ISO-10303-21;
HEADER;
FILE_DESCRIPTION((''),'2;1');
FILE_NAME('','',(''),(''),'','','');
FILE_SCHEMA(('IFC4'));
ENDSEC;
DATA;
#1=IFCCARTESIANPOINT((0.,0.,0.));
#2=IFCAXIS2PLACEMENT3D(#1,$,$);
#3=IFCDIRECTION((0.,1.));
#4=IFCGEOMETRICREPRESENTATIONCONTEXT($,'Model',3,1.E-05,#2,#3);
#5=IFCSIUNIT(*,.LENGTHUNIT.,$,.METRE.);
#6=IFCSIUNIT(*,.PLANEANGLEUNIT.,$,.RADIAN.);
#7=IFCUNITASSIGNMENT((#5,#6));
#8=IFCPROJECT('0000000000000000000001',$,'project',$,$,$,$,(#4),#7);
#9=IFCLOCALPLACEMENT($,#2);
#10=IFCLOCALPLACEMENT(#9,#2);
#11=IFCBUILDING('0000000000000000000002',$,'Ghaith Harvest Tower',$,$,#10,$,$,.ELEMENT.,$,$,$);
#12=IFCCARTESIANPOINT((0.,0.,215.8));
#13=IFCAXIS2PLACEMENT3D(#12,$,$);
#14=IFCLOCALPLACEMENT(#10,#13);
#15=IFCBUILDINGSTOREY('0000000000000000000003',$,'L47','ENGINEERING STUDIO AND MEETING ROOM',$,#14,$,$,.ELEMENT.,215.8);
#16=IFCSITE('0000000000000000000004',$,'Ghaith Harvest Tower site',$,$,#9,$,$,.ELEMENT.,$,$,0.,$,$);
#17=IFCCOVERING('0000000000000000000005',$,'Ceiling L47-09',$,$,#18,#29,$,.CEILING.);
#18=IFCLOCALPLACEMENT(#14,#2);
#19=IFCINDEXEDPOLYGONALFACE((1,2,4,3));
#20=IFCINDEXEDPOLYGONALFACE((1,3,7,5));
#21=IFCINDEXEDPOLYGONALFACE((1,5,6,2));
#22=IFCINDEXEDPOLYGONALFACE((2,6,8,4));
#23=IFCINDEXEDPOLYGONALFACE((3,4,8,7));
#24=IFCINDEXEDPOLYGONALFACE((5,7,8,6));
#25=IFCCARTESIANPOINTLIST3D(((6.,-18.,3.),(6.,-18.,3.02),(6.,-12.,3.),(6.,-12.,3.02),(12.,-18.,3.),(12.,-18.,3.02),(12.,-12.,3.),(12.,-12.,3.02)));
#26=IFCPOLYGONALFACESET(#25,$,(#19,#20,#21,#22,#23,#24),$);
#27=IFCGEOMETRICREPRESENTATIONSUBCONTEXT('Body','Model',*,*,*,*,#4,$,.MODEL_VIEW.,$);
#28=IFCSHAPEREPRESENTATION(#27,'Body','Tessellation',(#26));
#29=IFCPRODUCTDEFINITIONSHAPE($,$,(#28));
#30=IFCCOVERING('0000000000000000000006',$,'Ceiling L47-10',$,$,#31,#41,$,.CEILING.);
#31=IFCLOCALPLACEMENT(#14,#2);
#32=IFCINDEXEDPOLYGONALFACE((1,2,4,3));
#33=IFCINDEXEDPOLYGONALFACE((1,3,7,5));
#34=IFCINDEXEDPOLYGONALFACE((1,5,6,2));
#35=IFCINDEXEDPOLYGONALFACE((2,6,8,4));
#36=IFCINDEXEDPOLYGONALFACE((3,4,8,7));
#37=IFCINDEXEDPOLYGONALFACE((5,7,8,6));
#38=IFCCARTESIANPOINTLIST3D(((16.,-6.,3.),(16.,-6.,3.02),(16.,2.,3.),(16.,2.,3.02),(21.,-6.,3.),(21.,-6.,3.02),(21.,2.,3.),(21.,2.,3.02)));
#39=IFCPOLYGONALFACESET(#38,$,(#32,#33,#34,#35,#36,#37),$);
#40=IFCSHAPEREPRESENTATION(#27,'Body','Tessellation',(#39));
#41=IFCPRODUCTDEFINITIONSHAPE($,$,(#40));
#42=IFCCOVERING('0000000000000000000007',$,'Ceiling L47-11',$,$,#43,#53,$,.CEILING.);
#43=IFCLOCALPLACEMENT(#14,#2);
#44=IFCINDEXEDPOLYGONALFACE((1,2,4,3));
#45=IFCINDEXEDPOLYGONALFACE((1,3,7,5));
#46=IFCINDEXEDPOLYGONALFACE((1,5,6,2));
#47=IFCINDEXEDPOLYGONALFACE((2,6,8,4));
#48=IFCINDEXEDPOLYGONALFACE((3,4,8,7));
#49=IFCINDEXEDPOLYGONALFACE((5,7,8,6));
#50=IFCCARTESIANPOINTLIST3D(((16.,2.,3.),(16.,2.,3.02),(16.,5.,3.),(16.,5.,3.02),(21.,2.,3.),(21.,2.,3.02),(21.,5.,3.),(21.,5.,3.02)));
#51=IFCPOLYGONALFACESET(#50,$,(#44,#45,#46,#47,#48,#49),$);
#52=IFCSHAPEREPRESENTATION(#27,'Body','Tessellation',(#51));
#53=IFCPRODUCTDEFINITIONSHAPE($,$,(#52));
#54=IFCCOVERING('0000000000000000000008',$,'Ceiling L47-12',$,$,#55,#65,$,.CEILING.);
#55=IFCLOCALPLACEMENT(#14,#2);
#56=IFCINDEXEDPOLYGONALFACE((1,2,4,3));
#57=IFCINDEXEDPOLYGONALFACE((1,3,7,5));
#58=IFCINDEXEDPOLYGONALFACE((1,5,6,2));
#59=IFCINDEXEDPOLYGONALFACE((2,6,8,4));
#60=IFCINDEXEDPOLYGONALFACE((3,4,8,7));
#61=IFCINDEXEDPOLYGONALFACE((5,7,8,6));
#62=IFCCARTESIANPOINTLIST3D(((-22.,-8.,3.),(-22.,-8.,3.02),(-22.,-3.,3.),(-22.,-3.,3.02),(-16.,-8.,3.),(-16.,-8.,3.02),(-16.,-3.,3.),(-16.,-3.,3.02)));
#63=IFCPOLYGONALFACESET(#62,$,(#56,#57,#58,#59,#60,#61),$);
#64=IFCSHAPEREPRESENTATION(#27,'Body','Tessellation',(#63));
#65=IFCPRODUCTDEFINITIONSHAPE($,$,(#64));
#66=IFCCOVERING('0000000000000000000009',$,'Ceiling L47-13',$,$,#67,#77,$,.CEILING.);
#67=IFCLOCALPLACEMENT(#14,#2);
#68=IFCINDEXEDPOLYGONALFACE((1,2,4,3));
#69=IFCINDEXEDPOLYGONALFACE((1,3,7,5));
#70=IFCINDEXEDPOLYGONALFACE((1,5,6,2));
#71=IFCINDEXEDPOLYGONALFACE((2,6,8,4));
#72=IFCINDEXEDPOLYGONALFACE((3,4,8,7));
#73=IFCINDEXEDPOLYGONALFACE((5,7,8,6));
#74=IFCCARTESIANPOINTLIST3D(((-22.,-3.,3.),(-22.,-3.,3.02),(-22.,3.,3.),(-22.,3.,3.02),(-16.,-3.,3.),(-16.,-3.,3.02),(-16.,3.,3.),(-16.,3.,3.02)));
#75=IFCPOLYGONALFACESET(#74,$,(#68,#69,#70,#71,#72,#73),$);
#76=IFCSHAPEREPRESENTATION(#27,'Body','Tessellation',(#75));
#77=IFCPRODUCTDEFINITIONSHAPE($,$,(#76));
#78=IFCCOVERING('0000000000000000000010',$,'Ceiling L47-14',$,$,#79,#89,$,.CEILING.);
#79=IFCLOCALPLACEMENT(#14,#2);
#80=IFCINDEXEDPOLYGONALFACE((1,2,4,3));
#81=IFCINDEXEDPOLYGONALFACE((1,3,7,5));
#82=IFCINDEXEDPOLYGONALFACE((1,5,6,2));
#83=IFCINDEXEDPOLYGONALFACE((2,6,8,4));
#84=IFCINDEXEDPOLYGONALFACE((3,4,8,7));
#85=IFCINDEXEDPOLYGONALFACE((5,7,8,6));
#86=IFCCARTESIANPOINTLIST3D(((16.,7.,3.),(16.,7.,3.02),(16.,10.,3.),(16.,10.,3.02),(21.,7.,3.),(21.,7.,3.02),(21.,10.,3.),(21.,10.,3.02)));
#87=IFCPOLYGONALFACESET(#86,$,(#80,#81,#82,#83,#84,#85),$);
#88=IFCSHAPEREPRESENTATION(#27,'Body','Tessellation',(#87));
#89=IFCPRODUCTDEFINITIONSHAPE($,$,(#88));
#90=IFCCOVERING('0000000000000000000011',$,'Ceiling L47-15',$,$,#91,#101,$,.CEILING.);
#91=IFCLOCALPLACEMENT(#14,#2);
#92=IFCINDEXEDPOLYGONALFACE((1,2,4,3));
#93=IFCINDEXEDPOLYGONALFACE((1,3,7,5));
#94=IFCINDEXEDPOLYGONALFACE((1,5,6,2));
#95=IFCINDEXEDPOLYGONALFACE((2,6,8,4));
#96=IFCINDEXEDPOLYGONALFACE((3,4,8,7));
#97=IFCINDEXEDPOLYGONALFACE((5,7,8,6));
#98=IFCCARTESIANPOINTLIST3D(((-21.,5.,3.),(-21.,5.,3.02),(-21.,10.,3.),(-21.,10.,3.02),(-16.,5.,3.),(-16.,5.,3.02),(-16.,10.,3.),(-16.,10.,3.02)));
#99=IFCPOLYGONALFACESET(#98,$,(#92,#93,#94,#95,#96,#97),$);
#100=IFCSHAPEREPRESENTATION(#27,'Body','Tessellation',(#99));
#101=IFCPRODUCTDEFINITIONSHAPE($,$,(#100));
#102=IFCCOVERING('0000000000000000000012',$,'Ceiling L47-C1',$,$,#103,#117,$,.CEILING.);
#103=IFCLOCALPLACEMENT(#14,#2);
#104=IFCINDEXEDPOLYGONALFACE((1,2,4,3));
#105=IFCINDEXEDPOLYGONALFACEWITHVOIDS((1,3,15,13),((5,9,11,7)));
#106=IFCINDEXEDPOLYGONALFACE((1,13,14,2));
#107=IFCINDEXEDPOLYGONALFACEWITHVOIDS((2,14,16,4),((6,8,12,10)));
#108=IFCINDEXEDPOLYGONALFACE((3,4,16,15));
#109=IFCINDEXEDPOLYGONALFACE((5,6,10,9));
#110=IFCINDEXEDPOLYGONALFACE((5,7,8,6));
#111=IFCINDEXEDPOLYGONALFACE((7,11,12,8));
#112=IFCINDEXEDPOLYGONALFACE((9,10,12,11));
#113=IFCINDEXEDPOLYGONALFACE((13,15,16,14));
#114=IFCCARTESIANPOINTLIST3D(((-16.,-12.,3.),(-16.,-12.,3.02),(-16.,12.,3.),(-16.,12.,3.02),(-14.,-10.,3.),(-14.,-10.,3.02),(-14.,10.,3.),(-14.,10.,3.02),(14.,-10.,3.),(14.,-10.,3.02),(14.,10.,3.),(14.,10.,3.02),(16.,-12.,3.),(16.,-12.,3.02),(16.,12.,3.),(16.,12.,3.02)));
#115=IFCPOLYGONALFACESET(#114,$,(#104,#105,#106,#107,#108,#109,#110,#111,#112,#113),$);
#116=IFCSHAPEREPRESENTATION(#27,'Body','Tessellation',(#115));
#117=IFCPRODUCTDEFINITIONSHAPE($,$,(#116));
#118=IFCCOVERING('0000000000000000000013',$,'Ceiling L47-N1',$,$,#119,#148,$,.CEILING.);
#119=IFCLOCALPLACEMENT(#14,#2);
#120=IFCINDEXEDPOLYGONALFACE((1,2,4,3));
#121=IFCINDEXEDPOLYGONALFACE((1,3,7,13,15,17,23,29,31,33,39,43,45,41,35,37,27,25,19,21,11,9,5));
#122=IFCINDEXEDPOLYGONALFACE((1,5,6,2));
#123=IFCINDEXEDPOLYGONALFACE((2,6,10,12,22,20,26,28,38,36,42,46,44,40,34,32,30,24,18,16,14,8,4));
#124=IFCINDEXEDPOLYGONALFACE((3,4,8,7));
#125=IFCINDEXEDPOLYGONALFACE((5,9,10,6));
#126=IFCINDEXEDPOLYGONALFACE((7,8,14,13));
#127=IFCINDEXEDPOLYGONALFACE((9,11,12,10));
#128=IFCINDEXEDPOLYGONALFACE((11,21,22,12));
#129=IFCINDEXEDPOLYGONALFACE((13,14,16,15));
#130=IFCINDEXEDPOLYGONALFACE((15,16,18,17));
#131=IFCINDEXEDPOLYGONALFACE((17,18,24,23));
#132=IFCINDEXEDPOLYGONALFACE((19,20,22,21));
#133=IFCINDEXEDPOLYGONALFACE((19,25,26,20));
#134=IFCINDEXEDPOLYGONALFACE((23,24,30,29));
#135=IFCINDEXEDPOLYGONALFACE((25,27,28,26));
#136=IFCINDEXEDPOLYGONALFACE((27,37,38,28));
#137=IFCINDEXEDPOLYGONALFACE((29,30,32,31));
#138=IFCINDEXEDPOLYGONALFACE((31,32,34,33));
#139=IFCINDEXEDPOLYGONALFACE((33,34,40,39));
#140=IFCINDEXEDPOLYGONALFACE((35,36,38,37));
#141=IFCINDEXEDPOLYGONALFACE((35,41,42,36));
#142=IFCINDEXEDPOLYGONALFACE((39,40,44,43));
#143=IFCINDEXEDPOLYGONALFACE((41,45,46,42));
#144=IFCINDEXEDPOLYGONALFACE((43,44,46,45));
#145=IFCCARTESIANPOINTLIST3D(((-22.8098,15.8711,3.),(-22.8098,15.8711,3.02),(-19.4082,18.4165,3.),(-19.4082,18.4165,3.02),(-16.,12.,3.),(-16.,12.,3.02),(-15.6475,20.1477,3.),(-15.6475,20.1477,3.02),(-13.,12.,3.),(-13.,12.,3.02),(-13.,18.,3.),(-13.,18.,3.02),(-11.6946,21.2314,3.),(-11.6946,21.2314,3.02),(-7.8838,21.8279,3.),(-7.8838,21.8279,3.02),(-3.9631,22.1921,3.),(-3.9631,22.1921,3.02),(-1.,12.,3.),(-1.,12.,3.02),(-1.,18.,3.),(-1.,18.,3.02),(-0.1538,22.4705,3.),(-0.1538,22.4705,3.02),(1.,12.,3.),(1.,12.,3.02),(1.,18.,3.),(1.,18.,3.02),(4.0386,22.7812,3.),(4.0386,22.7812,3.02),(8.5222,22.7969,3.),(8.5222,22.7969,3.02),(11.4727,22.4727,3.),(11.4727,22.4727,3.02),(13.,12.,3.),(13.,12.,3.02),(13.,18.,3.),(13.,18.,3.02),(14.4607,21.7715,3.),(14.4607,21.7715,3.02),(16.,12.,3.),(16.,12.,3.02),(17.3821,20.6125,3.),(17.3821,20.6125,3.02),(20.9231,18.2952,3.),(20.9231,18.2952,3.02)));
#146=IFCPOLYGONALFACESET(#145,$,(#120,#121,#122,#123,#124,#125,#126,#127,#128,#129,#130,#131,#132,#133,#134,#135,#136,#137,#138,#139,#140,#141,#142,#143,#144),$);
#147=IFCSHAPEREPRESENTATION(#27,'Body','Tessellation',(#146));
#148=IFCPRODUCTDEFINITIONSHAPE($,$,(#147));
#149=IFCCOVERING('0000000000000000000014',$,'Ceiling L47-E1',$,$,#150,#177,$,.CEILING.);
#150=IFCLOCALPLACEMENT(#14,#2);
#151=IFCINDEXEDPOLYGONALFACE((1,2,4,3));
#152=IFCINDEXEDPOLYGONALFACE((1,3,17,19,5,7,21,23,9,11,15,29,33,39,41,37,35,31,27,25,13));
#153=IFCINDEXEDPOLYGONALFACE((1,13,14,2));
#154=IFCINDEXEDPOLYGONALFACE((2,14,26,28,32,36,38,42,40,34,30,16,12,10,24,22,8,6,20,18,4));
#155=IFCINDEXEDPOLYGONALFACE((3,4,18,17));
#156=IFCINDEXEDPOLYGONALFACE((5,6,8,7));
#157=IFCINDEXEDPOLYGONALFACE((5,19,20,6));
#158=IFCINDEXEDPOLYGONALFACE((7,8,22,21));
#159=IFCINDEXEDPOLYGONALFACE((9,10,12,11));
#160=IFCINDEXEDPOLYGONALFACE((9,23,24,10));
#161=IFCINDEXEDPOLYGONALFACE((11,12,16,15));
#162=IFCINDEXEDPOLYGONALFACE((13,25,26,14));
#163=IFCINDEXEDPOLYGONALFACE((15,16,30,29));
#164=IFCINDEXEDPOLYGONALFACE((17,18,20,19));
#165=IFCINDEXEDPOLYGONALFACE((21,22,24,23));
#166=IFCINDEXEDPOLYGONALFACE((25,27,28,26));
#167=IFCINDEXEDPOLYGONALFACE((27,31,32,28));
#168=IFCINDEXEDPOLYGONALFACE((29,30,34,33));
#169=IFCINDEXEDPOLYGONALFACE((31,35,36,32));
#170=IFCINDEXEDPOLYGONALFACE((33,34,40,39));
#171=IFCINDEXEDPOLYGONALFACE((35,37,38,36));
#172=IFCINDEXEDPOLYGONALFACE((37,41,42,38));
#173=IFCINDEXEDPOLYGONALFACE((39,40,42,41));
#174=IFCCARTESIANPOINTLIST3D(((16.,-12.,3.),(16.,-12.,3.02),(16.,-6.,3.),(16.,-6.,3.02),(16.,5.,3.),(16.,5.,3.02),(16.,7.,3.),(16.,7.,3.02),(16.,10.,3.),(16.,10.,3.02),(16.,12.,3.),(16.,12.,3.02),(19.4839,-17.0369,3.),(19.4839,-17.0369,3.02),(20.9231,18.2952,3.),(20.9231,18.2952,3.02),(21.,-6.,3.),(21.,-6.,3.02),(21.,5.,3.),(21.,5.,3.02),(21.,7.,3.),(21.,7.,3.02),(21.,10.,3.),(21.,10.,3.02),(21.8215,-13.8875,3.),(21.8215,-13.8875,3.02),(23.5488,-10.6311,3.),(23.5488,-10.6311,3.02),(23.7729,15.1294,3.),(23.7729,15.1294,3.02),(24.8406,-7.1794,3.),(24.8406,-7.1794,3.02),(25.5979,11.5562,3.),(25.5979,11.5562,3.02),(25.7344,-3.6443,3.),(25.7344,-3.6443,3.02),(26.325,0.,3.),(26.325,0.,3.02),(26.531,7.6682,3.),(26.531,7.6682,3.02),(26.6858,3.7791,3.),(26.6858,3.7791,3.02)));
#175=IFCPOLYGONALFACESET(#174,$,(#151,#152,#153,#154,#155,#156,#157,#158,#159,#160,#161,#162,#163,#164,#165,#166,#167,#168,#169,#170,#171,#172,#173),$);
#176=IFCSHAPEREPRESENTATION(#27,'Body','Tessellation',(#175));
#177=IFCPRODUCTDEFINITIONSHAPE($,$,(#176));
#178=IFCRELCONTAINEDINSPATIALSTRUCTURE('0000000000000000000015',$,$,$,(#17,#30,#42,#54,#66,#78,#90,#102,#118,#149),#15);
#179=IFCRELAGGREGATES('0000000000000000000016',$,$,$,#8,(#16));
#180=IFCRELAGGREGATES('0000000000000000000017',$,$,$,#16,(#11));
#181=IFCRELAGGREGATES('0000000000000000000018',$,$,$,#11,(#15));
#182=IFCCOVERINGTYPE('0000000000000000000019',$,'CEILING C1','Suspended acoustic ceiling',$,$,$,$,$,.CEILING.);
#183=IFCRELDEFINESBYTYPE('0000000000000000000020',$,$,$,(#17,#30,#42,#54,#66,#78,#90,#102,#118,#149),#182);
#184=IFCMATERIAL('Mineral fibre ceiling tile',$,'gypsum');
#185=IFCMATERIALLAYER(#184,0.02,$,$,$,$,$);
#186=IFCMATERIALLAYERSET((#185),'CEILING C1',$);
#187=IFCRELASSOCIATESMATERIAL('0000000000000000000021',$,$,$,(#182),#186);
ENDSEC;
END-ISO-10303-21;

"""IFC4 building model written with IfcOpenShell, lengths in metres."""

from ifc_helpers import new_model, si_unit, direction, frame, origin, place, context, subcontext, project, spatial, polyline, outline, extrude, material, layer, layer_set, type_object, element, save


model = new_model("IFC4")

# Units and contexts
model_context = context("Model", 3, precision=1e-05, world=origin(), true_north=direction((0.0, 1.0)))
body_context = subcontext(model_context, "Body", "Model", "MODEL_VIEW")
ifc_project = project(units=[si_unit("LENGTHUNIT", "METRE"), si_unit("PLANEANGLEUNIT", "RADIAN")], contexts=[model_context])

# Site, building, storey
site_placement = place(None, origin())
site = spatial("IfcSite", under=ifc_project, at=site_placement, Name="Ghaith Harvest Tower site", CompositionType="ELEMENT", RefElevation=0.0)
building_placement = place(site_placement, origin())
building = spatial("IfcBuilding", under=site, at=building_placement, Name="Ghaith Harvest Tower", CompositionType="ELEMENT")
storey_placement = place(building_placement, frame((0.0, 0.0, 215.8)))
storey = spatial("IfcBuildingStorey", under=building, at=storey_placement, Name="L47", Description="ENGINEERING STUDIO AND MEETING ROOM", CompositionType="ELEMENT", Elevation=215.8)

# Coverings
ifc_material_1 = material(Name="Mineral fibre ceiling tile", Category="gypsum")
ifc_layer_1 = layer(ifc_material_1, 0.02)
ifc_layer_set_1 = layer_set([ifc_layer_1], Name="CEILING C1")
covering_type = type_object("IfcCoveringType", Name="CEILING C1", Description="Suspended acoustic ceiling", PredefinedType="CEILING", material=ifc_layer_set_1)
covering_1_placement = place(storey_placement, frame((0.0, 0.0, 3.0)))
element("IfcCovering", 1, at=covering_1_placement, inside=storey, type_object=covering_type, Name="Ceiling L47-09", PredefinedType="CEILING", context=body_context, shape_type="SweptSolid", body=[
    extrude(outline(polyline([(6.0, -18.0), (12.0, -18.0), (12.0, -12.0), (6.0, -12.0), (6.0, -18.0)])), origin(), (0.0, 0.0, 1.0), 0.02),
])
covering_2_placement = place(storey_placement, frame((0.0, 0.0, 3.0)))
element("IfcCovering", 2, at=covering_2_placement, inside=storey, type_object=covering_type, Name="Ceiling L47-10", PredefinedType="CEILING", context=body_context, shape_type="SweptSolid", body=[
    extrude(outline(polyline([(16.0, -6.0), (21.0, -6.0), (21.0, 2.0), (16.0, 2.0), (16.0, -6.0)])), origin(), (0.0, 0.0, 1.0), 0.02),
])
covering_3_placement = place(storey_placement, frame((0.0, 0.0, 3.0)))
element("IfcCovering", 3, at=covering_3_placement, inside=storey, type_object=covering_type, Name="Ceiling L47-11", PredefinedType="CEILING", context=body_context, shape_type="SweptSolid", body=[
    extrude(outline(polyline([(16.0, 2.0), (21.0, 2.0), (21.0, 5.0), (16.0, 5.0), (16.0, 2.0)])), origin(), (0.0, 0.0, 1.0), 0.02),
])
covering_4_placement = place(storey_placement, frame((0.0, 0.0, 3.0)))
element("IfcCovering", 4, at=covering_4_placement, inside=storey, type_object=covering_type, Name="Ceiling L47-12", PredefinedType="CEILING", context=body_context, shape_type="SweptSolid", body=[
    extrude(outline(polyline([(-22.0, -8.0), (-16.0, -8.0), (-16.0, -3.0), (-22.0, -3.0), (-22.0, -8.0)])), origin(), (0.0, 0.0, 1.0), 0.02),
])
covering_5_placement = place(storey_placement, frame((0.0, 0.0, 3.0)))
element("IfcCovering", 5, at=covering_5_placement, inside=storey, type_object=covering_type, Name="Ceiling L47-13", PredefinedType="CEILING", context=body_context, shape_type="SweptSolid", body=[
    extrude(outline(polyline([(-22.0, -3.0), (-16.0, -3.0), (-16.0, 3.0), (-22.0, 3.0), (-22.0, -3.0)])), origin(), (0.0, 0.0, 1.0), 0.02),
])
covering_6_placement = place(storey_placement, frame((0.0, 0.0, 3.0)))
element("IfcCovering", 6, at=covering_6_placement, inside=storey, type_object=covering_type, Name="Ceiling L47-14", PredefinedType="CEILING", context=body_context, shape_type="SweptSolid", body=[
    extrude(outline(polyline([(16.0, 7.0), (21.0, 7.0), (21.0, 10.0), (16.0, 10.0), (16.0, 7.0)])), origin(), (0.0, 0.0, 1.0), 0.02),
])
covering_7_placement = place(storey_placement, frame((0.0, 0.0, 3.0)))
element("IfcCovering", 7, at=covering_7_placement, inside=storey, type_object=covering_type, Name="Ceiling L47-15", PredefinedType="CEILING", context=body_context, shape_type="SweptSolid", body=[
    extrude(outline(polyline([(-21.0, 5.0), (-16.0, 5.0), (-16.0, 10.0), (-21.0, 10.0), (-21.0, 5.0)])), origin(), (0.0, 0.0, 1.0), 0.02),
])
covering_8_placement = place(storey_placement, frame((0.0, 0.0, 3.0)))
element("IfcCovering", 8, at=covering_8_placement, inside=storey, type_object=covering_type, Name="Ceiling L47-C1", PredefinedType="CEILING", context=body_context, shape_type="SweptSolid", body=[
    extrude(outline(polyline([(-16.0, 12.0), (16.0, 12.0), (16.0, -12.0), (-16.0, -12.0), (-16.0, 12.0)]), holes=[polyline([(14.0, -10.0), (14.0, 10.0), (-14.0, 10.0), (-14.0, -10.0), (14.0, -10.0)])]), origin(), (0.0, 0.0, 1.0), 0.02),
])
covering_9_placement = place(storey_placement, frame((0.0, 0.0, 3.0)))
element("IfcCovering", 9, at=covering_9_placement, inside=storey, type_object=covering_type, Name="Ceiling L47-N1", PredefinedType="CEILING", context=body_context, shape_type="SweptSolid", body=[
    extrude(outline(polyline([(-19.4082, 18.4165), (-15.6475, 20.1477), (-11.6946, 21.2314), (-7.8838, 21.8279), (-3.9631, 22.1921), (-0.1538, 22.4705), (4.0386, 22.7812), (8.5222, 22.7969), (11.4727, 22.4727), (14.4607, 21.7715), (17.3821, 20.6125), (20.9231, 18.2952), (16.0, 12.0), (13.0, 12.0), (13.0, 18.0), (1.0, 18.0), (1.0, 12.0), (-1.0, 12.0), (-1.0, 18.0), (-13.0, 18.0), (-13.0, 12.0), (-16.0, 12.0), (-22.8098, 15.8711), (-19.4082, 18.4165)])), origin(), (0.0, 0.0, 1.0), 0.02),
])
covering_10_placement = place(storey_placement, frame((0.0, 0.0, 3.0)))
element("IfcCovering", 10, at=covering_10_placement, inside=storey, type_object=covering_type, Name="Ceiling L47-E1", PredefinedType="CEILING", context=body_context, shape_type="SweptSolid", body=[
    extrude(outline(polyline([(23.7729, 15.1294), (25.5979, 11.5562), (26.531, 7.6682), (26.6858, 3.7791), (26.325, 0.0), (25.7344, -3.6443), (24.8406, -7.1794), (23.5488, -10.6311), (21.8215, -13.8875), (19.4839, -17.0369), (16.0, -12.0), (16.0, -6.0), (21.0, -6.0), (21.0, 5.0), (16.0, 5.0), (16.0, 7.0), (21.0, 7.0), (21.0, 10.0), (16.0, 10.0), (16.0, 12.0), (20.9231, 18.2952), (23.7729, 15.1294)])), origin(), (0.0, 0.0, 1.0), 0.02),
])

save(model, "model.ifc")
